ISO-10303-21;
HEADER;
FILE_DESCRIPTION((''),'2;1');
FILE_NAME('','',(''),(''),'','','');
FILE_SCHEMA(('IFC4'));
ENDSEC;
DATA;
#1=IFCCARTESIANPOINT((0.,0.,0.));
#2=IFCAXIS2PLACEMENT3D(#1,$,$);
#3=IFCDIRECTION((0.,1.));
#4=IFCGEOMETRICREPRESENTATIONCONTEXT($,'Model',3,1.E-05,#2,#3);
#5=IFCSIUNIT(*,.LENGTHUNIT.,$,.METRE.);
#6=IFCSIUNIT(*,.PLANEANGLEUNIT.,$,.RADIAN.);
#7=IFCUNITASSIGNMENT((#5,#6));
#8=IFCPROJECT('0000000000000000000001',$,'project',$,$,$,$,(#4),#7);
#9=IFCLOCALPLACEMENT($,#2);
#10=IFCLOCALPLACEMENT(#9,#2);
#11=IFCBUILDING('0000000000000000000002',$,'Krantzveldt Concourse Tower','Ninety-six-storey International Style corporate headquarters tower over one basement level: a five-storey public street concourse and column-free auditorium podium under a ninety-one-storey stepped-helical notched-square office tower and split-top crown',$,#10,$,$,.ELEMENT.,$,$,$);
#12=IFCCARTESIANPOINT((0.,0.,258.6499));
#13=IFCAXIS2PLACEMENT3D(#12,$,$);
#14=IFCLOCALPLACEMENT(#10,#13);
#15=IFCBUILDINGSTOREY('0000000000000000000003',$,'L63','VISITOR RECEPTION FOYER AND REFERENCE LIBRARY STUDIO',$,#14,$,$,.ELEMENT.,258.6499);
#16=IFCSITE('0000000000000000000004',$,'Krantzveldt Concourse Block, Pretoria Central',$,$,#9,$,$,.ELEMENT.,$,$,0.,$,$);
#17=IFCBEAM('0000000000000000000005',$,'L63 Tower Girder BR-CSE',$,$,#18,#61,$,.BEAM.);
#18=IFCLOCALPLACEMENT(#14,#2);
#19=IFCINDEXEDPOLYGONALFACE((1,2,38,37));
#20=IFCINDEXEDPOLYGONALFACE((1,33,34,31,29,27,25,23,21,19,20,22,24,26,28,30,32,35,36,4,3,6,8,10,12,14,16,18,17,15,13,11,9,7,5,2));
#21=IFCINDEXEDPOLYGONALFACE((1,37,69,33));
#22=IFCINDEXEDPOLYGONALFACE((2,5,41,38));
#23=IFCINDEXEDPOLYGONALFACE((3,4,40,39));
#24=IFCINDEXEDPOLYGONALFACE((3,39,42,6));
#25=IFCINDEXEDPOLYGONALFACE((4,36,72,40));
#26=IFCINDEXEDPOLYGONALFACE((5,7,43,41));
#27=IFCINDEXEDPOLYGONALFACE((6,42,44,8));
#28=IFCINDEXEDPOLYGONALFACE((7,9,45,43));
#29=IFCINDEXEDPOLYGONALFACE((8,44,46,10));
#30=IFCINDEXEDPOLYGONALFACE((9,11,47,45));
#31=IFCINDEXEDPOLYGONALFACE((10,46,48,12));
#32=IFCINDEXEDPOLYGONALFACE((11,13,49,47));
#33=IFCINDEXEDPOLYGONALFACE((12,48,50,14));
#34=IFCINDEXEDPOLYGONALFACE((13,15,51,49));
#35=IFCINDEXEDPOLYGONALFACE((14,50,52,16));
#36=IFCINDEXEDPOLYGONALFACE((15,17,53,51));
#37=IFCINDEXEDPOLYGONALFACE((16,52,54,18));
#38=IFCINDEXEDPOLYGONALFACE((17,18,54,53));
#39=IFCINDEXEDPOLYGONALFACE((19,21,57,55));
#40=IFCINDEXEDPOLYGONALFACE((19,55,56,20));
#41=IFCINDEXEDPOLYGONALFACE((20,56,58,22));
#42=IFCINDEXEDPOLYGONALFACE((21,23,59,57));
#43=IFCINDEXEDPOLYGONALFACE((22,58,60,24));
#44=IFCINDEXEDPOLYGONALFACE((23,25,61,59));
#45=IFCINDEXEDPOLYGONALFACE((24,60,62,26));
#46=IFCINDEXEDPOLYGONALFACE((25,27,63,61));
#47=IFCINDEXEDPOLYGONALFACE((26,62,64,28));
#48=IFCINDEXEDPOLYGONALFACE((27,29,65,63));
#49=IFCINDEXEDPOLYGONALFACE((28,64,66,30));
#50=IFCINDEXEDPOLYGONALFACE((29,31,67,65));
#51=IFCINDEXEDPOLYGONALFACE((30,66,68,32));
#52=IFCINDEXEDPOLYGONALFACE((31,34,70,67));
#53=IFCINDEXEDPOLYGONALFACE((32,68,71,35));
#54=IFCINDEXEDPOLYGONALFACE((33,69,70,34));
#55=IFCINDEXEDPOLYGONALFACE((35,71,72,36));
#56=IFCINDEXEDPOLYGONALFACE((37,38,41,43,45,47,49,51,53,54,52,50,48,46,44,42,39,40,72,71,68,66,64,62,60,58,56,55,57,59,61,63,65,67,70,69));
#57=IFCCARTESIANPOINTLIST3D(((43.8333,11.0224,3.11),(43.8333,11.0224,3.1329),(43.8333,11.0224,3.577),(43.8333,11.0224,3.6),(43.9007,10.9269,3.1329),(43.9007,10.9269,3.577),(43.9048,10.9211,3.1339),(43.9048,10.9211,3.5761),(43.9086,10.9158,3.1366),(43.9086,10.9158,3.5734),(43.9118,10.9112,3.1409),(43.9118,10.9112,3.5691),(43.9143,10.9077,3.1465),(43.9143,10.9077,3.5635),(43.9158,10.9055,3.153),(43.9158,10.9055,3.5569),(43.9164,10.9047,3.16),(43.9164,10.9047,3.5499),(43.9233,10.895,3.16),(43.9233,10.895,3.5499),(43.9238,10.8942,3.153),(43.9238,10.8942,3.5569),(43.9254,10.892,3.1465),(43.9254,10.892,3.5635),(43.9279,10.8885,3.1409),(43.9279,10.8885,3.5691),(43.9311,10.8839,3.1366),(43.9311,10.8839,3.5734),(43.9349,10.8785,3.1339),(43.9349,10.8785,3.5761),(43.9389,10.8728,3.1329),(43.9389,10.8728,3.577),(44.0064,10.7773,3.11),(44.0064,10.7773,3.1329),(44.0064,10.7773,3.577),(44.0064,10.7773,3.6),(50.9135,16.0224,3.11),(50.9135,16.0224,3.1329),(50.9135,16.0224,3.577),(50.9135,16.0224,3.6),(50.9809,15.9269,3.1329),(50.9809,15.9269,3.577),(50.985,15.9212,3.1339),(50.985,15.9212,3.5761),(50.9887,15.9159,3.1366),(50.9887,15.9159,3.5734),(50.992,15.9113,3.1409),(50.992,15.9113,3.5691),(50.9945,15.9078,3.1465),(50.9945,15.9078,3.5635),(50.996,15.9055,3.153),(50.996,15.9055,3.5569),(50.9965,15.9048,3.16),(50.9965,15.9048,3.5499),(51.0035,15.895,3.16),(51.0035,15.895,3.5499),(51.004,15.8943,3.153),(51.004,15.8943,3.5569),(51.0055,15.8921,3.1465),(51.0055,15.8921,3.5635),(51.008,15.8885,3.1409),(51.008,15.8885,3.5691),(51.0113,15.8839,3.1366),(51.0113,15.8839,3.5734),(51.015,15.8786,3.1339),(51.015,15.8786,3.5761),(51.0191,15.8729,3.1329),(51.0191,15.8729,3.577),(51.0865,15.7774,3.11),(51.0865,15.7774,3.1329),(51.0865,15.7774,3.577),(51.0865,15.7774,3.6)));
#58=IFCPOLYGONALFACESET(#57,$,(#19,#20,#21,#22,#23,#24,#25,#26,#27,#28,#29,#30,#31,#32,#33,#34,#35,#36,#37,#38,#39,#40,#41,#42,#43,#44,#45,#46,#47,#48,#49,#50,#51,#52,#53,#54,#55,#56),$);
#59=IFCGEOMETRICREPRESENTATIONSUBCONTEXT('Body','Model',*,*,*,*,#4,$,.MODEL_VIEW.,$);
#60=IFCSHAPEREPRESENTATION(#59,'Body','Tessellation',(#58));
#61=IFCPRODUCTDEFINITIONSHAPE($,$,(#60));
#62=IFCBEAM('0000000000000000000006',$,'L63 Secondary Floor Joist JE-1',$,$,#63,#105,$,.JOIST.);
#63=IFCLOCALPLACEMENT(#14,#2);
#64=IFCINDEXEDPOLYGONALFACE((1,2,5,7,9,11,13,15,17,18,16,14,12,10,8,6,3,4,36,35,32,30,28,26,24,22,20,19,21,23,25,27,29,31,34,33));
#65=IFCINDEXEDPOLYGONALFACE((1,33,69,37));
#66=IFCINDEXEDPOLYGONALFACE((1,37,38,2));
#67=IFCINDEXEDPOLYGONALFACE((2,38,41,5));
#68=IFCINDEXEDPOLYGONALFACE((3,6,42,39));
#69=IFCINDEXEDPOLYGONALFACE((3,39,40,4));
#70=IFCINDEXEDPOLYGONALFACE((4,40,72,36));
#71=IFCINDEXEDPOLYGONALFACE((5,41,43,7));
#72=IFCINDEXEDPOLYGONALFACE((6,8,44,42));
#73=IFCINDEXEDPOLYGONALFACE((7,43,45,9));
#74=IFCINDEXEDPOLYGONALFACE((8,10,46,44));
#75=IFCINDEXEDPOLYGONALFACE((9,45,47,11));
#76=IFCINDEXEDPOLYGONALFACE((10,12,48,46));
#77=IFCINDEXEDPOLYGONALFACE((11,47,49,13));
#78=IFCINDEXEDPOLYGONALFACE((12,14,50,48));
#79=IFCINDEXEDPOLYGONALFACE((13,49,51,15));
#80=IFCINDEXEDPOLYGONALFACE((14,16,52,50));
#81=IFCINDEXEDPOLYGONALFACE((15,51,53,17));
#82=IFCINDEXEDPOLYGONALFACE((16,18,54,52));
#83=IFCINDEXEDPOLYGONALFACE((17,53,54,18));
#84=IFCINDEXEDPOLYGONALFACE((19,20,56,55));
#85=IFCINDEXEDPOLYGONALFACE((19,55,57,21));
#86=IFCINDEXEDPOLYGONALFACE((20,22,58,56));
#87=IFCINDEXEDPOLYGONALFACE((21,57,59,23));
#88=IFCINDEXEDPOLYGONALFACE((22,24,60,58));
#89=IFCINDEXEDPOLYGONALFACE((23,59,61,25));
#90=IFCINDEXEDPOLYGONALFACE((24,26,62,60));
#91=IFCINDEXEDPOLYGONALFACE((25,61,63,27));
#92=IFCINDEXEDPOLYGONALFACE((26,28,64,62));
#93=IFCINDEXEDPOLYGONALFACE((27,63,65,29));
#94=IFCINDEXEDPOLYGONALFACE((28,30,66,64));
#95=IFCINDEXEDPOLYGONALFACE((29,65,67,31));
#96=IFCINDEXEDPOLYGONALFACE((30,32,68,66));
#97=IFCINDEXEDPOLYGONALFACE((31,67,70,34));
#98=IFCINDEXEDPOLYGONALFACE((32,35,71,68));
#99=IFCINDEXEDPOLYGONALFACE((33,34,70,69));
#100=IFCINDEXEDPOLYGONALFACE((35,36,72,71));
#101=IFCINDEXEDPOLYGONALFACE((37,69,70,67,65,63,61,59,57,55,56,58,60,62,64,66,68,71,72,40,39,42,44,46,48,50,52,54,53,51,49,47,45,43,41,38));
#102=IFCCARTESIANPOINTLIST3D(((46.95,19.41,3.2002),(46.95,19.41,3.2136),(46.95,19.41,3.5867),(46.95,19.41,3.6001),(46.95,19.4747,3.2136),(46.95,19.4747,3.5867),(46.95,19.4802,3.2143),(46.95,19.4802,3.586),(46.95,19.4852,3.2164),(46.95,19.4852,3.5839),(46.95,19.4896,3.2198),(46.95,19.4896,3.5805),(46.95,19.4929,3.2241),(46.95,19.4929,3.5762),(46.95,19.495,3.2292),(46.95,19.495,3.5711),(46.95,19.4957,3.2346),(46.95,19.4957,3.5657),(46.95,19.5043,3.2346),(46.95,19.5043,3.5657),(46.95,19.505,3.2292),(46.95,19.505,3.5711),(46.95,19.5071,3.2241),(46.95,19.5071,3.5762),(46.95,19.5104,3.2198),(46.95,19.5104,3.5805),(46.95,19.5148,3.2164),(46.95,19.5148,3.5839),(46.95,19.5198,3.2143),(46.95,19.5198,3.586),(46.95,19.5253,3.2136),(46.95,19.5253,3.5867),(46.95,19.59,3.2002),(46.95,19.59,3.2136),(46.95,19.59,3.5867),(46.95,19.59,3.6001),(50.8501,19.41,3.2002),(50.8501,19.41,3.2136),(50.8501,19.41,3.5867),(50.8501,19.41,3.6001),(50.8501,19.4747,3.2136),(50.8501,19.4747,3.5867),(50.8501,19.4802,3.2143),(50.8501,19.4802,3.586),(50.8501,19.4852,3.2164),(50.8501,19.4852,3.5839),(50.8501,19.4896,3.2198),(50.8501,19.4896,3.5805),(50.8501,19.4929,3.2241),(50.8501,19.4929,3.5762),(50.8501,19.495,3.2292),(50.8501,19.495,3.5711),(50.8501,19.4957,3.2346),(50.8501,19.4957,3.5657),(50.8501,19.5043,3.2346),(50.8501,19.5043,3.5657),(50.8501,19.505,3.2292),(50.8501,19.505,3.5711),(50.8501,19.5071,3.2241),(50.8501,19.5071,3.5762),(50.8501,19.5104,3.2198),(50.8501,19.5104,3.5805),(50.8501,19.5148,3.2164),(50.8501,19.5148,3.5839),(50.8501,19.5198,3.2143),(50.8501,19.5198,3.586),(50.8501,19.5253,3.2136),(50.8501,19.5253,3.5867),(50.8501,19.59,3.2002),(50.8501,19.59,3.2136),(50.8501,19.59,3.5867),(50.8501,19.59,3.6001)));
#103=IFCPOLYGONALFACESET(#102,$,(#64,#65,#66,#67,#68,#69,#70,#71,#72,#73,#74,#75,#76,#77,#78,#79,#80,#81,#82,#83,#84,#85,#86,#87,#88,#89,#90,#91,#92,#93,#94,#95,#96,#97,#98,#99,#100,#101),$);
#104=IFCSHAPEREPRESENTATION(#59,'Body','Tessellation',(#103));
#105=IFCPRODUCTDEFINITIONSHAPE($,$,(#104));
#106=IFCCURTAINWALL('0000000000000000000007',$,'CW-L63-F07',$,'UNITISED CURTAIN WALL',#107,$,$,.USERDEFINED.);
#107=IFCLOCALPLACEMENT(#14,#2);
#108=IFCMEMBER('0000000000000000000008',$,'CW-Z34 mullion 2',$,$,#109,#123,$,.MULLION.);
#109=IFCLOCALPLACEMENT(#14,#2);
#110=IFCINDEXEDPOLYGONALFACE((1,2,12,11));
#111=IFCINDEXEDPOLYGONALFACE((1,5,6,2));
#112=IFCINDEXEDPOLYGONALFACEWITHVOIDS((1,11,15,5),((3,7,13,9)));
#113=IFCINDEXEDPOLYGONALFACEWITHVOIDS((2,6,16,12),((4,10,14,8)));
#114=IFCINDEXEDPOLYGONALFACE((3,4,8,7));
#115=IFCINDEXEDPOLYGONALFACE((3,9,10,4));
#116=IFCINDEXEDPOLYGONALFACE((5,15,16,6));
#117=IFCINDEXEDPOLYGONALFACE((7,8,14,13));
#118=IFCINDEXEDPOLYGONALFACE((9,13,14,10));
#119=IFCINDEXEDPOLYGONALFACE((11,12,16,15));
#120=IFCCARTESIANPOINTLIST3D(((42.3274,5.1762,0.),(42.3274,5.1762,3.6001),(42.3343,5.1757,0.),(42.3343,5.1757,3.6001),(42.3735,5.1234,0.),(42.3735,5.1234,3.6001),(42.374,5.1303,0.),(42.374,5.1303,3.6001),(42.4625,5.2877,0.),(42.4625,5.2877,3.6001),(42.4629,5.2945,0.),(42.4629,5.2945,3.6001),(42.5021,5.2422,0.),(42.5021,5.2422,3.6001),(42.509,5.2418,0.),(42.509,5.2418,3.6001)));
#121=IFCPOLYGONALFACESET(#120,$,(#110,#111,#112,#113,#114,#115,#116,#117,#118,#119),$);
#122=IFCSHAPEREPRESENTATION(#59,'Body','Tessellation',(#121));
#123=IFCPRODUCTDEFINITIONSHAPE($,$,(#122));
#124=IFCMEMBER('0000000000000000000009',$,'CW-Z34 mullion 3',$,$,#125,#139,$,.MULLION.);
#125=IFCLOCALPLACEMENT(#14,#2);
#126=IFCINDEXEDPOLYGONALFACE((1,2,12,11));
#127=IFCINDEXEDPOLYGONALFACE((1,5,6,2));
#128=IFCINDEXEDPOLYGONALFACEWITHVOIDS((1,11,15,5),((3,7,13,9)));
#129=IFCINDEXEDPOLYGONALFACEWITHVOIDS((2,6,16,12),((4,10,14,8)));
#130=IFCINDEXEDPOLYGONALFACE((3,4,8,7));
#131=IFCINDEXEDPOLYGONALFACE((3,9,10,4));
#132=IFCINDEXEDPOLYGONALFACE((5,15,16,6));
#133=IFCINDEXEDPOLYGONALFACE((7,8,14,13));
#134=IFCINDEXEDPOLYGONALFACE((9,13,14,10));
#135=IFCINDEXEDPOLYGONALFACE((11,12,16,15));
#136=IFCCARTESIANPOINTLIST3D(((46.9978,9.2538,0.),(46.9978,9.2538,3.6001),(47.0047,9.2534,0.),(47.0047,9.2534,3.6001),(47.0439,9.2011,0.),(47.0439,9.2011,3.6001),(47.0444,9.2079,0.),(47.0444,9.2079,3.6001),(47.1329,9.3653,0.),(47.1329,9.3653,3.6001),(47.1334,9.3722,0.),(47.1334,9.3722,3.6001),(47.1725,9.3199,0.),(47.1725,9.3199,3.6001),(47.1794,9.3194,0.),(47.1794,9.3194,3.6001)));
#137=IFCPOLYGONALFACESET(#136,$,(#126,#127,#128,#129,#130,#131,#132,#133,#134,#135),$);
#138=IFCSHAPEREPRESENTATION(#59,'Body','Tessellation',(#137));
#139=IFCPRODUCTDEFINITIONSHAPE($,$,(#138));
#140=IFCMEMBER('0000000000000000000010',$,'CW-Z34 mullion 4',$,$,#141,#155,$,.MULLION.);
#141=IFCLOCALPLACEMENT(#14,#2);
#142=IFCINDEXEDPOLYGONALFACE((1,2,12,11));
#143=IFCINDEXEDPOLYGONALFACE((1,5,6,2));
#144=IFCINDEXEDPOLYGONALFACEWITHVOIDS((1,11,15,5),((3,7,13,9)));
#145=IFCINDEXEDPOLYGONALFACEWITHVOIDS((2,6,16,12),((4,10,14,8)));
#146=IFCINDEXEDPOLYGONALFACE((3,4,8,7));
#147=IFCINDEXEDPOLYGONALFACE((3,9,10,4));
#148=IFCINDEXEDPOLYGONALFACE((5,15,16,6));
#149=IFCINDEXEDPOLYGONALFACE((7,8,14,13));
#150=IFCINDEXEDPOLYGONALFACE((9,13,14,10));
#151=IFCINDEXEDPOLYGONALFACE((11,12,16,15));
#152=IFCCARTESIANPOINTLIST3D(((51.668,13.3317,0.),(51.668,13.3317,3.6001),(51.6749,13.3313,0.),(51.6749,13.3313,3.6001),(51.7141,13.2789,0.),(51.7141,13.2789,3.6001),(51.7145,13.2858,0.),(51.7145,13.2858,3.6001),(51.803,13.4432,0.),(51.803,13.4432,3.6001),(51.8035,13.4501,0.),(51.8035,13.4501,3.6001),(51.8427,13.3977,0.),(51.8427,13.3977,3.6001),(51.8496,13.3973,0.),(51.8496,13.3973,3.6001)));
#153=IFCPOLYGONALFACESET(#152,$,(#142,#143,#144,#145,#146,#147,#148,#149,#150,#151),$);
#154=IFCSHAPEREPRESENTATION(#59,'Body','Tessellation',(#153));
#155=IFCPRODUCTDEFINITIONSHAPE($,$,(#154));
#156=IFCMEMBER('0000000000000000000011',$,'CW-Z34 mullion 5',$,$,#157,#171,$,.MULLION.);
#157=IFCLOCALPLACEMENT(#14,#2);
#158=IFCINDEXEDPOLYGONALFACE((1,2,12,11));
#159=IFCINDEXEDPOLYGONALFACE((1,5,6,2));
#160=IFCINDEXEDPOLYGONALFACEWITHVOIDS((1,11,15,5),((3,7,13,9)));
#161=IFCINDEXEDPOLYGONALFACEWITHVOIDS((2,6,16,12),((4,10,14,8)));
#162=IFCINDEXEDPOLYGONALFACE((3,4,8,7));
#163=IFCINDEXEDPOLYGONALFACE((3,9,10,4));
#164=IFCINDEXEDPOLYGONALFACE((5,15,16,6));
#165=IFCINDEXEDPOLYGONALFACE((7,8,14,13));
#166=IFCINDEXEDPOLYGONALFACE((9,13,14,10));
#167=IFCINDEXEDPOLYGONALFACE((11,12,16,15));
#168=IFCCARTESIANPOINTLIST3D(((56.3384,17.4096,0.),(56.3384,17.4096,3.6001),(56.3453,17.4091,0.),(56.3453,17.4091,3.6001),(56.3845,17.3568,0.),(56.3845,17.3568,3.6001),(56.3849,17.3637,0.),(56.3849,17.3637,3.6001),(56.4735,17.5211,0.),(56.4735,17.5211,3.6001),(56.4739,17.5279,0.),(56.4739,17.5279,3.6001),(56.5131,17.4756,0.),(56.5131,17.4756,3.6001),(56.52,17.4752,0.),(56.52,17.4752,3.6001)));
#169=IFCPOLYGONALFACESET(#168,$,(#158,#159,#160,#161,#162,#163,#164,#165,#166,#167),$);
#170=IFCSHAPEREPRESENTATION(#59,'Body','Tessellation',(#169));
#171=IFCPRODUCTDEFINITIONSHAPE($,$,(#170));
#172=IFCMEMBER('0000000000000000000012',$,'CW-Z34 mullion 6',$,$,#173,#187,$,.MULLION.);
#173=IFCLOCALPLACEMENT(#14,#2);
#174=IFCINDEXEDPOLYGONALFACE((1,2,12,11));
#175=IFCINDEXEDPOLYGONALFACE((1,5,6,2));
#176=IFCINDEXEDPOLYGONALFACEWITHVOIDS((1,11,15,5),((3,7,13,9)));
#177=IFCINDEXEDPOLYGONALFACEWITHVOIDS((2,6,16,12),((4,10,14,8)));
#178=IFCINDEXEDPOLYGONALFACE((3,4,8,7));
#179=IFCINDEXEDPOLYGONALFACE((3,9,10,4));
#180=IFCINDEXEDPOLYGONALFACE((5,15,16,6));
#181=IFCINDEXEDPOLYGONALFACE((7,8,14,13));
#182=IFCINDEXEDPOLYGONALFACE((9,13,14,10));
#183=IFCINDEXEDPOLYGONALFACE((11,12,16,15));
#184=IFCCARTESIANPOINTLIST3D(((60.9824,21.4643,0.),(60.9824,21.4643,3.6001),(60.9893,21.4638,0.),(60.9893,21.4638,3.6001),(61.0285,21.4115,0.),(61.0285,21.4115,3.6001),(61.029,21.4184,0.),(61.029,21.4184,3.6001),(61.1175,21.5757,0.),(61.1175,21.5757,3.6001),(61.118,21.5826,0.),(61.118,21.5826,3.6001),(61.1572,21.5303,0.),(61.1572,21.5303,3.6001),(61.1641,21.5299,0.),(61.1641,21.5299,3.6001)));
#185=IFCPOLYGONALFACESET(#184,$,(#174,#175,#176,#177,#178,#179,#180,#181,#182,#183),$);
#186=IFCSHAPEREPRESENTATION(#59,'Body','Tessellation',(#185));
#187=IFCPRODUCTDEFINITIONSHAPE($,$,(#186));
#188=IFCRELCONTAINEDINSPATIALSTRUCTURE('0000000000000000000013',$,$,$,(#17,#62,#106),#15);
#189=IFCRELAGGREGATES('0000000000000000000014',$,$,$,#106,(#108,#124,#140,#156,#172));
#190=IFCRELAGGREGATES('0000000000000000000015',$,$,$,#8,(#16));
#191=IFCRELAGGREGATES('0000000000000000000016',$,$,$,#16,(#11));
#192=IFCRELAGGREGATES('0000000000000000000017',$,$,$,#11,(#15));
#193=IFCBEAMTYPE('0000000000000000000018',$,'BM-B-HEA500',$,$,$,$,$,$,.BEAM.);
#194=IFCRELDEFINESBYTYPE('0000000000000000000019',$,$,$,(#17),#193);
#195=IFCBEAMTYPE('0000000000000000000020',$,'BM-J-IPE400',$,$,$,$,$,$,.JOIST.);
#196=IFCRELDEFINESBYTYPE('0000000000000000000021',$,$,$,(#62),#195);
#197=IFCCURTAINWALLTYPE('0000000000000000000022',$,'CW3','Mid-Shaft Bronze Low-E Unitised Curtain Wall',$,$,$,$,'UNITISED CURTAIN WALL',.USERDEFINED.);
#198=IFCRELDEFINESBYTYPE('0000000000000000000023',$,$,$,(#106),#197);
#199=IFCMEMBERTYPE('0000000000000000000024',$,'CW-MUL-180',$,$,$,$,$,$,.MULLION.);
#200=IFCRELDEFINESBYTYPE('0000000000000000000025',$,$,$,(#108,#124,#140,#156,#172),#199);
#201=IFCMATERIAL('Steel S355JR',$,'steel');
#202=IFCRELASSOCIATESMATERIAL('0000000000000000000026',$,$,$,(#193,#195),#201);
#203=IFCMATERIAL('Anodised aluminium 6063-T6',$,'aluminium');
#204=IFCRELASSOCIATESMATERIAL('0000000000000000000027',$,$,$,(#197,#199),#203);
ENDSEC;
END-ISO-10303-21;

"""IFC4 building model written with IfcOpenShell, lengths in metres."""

from ifc_helpers import new_model, si_unit, direction, frame, origin, origin_2d, place, context, subcontext, project, spatial, hollow_rectangle, i_section, extrude, source, transform, mapped, material, material_profile, profile_set, type_object, type_shapes, element, aggregate, save


model = new_model("IFC4")

# Units and contexts
model_context = context("Model", 3, precision=1e-05, world=origin(), true_north=direction((0.0, 1.0)))
body_context = subcontext(model_context, "Body", "Model", "MODEL_VIEW")
ifc_project = project(units=[si_unit("LENGTHUNIT", "METRE"), si_unit("PLANEANGLEUNIT", "RADIAN")], contexts=[model_context])

# Site, building, storey
site_placement = place(None, origin())
site = spatial("IfcSite", under=ifc_project, at=site_placement, Name="Krantzveldt Concourse Block, Pretoria Central", CompositionType="ELEMENT", RefElevation=0.0)
building_placement = place(site_placement, origin())
building = spatial("IfcBuilding", under=site, at=building_placement, Name="Krantzveldt Concourse Tower", Description="Ninety-six-storey International Style corporate headquarters tower over one basement level: a five-storey public street concourse and column-free auditorium podium under a ninety-one-storey stepped-helical notched-square office tower and split-top crown", CompositionType="ELEMENT")
storey_placement = place(building_placement, frame((0.0, 0.0, 258.6499)))
storey = spatial("IfcBuildingStorey", under=building, at=storey_placement, Name="L63", Description="VISITOR RECEPTION FOYER AND REFERENCE LIBRARY STUDIO", CompositionType="ELEMENT", Elevation=258.6499)

# Beams
ifc_material_1 = material(Name="Steel S355JR", Category="steel")
ifc_material_profile_1 = material_profile(ifc_material_1, i_section(OverallWidth=0.3, OverallDepth=0.49, WebThickness=0.012, FlangeThickness=0.0229, FilletRadius=0.0271, at=origin_2d()), Name="Steel S355JR", Category="steel")
ifc_profile_set_1 = profile_set([ifc_material_profile_1], Name="Steel S355JR - HEA 500")
beam_type_1 = type_object("IfcBeamType", Name="BM-B-HEA500", PredefinedType="BEAM", material=ifc_profile_set_1)
shared_shape_1 = source(origin(), body_context, "Body", "SweptSolid", [
    extrude(i_section(OverallWidth=0.3, OverallDepth=0.49, WebThickness=0.012, FlangeThickness=0.0229, FilletRadius=0.0271, at=origin_2d()), origin(), (0.0, 0.0, 1.0), 8.6677),
])
beam_1_placement = place(storey_placement, frame((51.0, 15.8999, 3.355), z_axis=(-0.816843, -0.57686, 0.0), x_axis=(0.57686, -0.816843, 0.0)))
element("IfcBeam", 1, at=beam_1_placement, inside=storey, type_object=beam_type_1, Name="L63 Tower Girder BR-CSE", PredefinedType="BEAM", context=body_context, shape_type="MappedRepresentation", body=[
    mapped(shared_shape_1, transform((0.0, 0.0, 0.0), x_axis=(1.0, 0.0, 0.0), y_axis=(0.0, 1.0, 0.0), z_axis=(0.0, 0.0, 1.0), scale=1.0)),
])
ifc_material_profile_2 = material_profile(ifc_material_1, i_section(OverallWidth=0.1799, OverallDepth=0.3999, WebThickness=0.0085, FlangeThickness=0.0134, FilletRadius=0.021, at=origin_2d()), Name="Steel S355JR", Category="steel")
ifc_profile_set_2 = profile_set([ifc_material_profile_2], Name="Steel S355JR - IPE 400")
beam_type_2 = type_object("IfcBeamType", Name="BM-J-IPE400", PredefinedType="JOIST", material=ifc_profile_set_2)
shared_shape_2 = source(origin(), body_context, "Body", "SweptSolid", [
    extrude(i_section(OverallWidth=0.1799, OverallDepth=0.3999, WebThickness=0.0085, FlangeThickness=0.0134, FilletRadius=0.021, at=origin_2d()), origin(), (0.0, 0.0, 1.0), 3.9001),
])
type_shapes(beam_type_2, [shared_shape_2])
beam_2_placement = place(storey_placement, frame((46.95, 19.5, 3.4001), z_axis=(1.0, 0.0, 0.0), x_axis=(0.0, 1.0, 0.0)))
element("IfcBeam", 2, at=beam_2_placement, inside=storey, type_object=beam_type_2, Name="L63 Secondary Floor Joist JE-1", PredefinedType="JOIST", context=body_context, shape_type="MappedRepresentation", body=[
    mapped(shared_shape_2, transform((0.0, 0.0, 0.0), x_axis=(1.0, 0.0, 0.0), y_axis=(0.0, 1.0, 0.0), z_axis=(0.0, 0.0, 1.0), scale=1.0)),
])

# Curtain wall, members
ifc_material_2 = material(Name="Anodised aluminium 6063-T6", Category="aluminium")
curtain_wall_type = type_object("IfcCurtainWallType", Name="CW3", Description="Mid-Shaft Bronze Low-E Unitised Curtain Wall", ElementType="UNITISED CURTAIN WALL", PredefinedType="USERDEFINED", material=ifc_material_2)
curtain_wall_placement = place(storey_placement, origin())
curtain_wall = element("IfcCurtainWall", 3, at=curtain_wall_placement, inside=storey, type_object=curtain_wall_type, Name="CW-L63-F07", ObjectType="UNITISED CURTAIN WALL", PredefinedType="USERDEFINED")
ifc_material_profile_3 = material_profile(ifc_material_2, hollow_rectangle(XDim=0.0701, YDim=0.1799, WallThickness=0.0049, at=origin_2d()), Name="Anodised aluminium 6063-T6", Category="aluminium")
ifc_profile_set_3 = profile_set([ifc_material_profile_3], Name="Anodised aluminium 6063-T6 - ALU-MULL 180x70x5")
member_type_1 = type_object("IfcMemberType", Name="CW-MUL-180", PredefinedType="MULLION", material=ifc_profile_set_3)
shared_shape_3 = source(origin(), body_context, "Body", "SweptSolid", [
    extrude(hollow_rectangle(XDim=0.0701, YDim=0.1799, WallThickness=0.0049, at=origin_2d()), origin(), (0.0, 0.0, 1.0), 3.6001),
])
type_shapes(member_type_1, [shared_shape_3])
member_1_placement = place(storey_placement, frame((42.4182, 5.209, 0.0), z_axis=(0.0, 0.0, 1.0), x_axis=(-0.657704, 0.753277, 0.0)))
member_1 = element("IfcMember", 4, at=member_1_placement, type_object=member_type_1, Name="CW-Z34 mullion 2", PredefinedType="MULLION", context=body_context, shape_type="MappedRepresentation", body=[
    mapped(shared_shape_3, transform((0.0, 0.0, 0.0), x_axis=(1.0, 0.0, 0.0), y_axis=(0.0, 1.0, 0.0), z_axis=(0.0, 0.0, 1.0), scale=1.0)),
])
member_2_placement = place(storey_placement, frame((47.0886, 9.2866, 0.0), z_axis=(0.0, 0.0, 1.0), x_axis=(-0.657704, 0.753277, 0.0)))
member_2 = element("IfcMember", 5, at=member_2_placement, type_object=member_type_1, Name="CW-Z34 mullion 3", PredefinedType="MULLION", context=body_context, shape_type="MappedRepresentation", body=[
    mapped(shared_shape_3, transform((0.0, 0.0, 0.0), x_axis=(1.0, 0.0, 0.0), y_axis=(0.0, 1.0, 0.0), z_axis=(0.0, 0.0, 1.0), scale=1.0)),
])
member_3_placement = place(storey_placement, frame((51.7588, 13.3645, 0.0), z_axis=(0.0, 0.0, 1.0), x_axis=(-0.657704, 0.753277, 0.0)))
member_3 = element("IfcMember", 6, at=member_3_placement, type_object=member_type_1, Name="CW-Z34 mullion 4", PredefinedType="MULLION", context=body_context, shape_type="MappedRepresentation", body=[
    mapped(shared_shape_3, transform((0.0, 0.0, 0.0), x_axis=(1.0, 0.0, 0.0), y_axis=(0.0, 1.0, 0.0), z_axis=(0.0, 0.0, 1.0), scale=1.0)),
])
member_4_placement = place(storey_placement, frame((56.4292, 17.4424, 0.0), z_axis=(0.0, 0.0, 1.0), x_axis=(-0.657704, 0.753277, 0.0)))
member_4 = element("IfcMember", 7, at=member_4_placement, type_object=member_type_1, Name="CW-Z34 mullion 5", PredefinedType="MULLION", context=body_context, shape_type="MappedRepresentation", body=[
    mapped(shared_shape_3, transform((0.0, 0.0, 0.0), x_axis=(1.0, 0.0, 0.0), y_axis=(0.0, 1.0, 0.0), z_axis=(0.0, 0.0, 1.0), scale=1.0)),
])
member_5_placement = place(storey_placement, frame((61.0732, 21.4971, 0.0), z_axis=(0.0, 0.0, 1.0), x_axis=(-0.657704, 0.753277, 0.0)))
member_5 = element("IfcMember", 8, at=member_5_placement, type_object=member_type_1, Name="CW-Z34 mullion 6", PredefinedType="MULLION", context=body_context, shape_type="MappedRepresentation", body=[
    mapped(shared_shape_3, transform((0.0, 0.0, 0.0), x_axis=(1.0, 0.0, 0.0), y_axis=(0.0, 1.0, 0.0), z_axis=(0.0, 0.0, 1.0), scale=1.0)),
])
aggregate(curtain_wall, [member_1, member_2, member_3, member_4, member_5])

save(model, "model.ifc")
